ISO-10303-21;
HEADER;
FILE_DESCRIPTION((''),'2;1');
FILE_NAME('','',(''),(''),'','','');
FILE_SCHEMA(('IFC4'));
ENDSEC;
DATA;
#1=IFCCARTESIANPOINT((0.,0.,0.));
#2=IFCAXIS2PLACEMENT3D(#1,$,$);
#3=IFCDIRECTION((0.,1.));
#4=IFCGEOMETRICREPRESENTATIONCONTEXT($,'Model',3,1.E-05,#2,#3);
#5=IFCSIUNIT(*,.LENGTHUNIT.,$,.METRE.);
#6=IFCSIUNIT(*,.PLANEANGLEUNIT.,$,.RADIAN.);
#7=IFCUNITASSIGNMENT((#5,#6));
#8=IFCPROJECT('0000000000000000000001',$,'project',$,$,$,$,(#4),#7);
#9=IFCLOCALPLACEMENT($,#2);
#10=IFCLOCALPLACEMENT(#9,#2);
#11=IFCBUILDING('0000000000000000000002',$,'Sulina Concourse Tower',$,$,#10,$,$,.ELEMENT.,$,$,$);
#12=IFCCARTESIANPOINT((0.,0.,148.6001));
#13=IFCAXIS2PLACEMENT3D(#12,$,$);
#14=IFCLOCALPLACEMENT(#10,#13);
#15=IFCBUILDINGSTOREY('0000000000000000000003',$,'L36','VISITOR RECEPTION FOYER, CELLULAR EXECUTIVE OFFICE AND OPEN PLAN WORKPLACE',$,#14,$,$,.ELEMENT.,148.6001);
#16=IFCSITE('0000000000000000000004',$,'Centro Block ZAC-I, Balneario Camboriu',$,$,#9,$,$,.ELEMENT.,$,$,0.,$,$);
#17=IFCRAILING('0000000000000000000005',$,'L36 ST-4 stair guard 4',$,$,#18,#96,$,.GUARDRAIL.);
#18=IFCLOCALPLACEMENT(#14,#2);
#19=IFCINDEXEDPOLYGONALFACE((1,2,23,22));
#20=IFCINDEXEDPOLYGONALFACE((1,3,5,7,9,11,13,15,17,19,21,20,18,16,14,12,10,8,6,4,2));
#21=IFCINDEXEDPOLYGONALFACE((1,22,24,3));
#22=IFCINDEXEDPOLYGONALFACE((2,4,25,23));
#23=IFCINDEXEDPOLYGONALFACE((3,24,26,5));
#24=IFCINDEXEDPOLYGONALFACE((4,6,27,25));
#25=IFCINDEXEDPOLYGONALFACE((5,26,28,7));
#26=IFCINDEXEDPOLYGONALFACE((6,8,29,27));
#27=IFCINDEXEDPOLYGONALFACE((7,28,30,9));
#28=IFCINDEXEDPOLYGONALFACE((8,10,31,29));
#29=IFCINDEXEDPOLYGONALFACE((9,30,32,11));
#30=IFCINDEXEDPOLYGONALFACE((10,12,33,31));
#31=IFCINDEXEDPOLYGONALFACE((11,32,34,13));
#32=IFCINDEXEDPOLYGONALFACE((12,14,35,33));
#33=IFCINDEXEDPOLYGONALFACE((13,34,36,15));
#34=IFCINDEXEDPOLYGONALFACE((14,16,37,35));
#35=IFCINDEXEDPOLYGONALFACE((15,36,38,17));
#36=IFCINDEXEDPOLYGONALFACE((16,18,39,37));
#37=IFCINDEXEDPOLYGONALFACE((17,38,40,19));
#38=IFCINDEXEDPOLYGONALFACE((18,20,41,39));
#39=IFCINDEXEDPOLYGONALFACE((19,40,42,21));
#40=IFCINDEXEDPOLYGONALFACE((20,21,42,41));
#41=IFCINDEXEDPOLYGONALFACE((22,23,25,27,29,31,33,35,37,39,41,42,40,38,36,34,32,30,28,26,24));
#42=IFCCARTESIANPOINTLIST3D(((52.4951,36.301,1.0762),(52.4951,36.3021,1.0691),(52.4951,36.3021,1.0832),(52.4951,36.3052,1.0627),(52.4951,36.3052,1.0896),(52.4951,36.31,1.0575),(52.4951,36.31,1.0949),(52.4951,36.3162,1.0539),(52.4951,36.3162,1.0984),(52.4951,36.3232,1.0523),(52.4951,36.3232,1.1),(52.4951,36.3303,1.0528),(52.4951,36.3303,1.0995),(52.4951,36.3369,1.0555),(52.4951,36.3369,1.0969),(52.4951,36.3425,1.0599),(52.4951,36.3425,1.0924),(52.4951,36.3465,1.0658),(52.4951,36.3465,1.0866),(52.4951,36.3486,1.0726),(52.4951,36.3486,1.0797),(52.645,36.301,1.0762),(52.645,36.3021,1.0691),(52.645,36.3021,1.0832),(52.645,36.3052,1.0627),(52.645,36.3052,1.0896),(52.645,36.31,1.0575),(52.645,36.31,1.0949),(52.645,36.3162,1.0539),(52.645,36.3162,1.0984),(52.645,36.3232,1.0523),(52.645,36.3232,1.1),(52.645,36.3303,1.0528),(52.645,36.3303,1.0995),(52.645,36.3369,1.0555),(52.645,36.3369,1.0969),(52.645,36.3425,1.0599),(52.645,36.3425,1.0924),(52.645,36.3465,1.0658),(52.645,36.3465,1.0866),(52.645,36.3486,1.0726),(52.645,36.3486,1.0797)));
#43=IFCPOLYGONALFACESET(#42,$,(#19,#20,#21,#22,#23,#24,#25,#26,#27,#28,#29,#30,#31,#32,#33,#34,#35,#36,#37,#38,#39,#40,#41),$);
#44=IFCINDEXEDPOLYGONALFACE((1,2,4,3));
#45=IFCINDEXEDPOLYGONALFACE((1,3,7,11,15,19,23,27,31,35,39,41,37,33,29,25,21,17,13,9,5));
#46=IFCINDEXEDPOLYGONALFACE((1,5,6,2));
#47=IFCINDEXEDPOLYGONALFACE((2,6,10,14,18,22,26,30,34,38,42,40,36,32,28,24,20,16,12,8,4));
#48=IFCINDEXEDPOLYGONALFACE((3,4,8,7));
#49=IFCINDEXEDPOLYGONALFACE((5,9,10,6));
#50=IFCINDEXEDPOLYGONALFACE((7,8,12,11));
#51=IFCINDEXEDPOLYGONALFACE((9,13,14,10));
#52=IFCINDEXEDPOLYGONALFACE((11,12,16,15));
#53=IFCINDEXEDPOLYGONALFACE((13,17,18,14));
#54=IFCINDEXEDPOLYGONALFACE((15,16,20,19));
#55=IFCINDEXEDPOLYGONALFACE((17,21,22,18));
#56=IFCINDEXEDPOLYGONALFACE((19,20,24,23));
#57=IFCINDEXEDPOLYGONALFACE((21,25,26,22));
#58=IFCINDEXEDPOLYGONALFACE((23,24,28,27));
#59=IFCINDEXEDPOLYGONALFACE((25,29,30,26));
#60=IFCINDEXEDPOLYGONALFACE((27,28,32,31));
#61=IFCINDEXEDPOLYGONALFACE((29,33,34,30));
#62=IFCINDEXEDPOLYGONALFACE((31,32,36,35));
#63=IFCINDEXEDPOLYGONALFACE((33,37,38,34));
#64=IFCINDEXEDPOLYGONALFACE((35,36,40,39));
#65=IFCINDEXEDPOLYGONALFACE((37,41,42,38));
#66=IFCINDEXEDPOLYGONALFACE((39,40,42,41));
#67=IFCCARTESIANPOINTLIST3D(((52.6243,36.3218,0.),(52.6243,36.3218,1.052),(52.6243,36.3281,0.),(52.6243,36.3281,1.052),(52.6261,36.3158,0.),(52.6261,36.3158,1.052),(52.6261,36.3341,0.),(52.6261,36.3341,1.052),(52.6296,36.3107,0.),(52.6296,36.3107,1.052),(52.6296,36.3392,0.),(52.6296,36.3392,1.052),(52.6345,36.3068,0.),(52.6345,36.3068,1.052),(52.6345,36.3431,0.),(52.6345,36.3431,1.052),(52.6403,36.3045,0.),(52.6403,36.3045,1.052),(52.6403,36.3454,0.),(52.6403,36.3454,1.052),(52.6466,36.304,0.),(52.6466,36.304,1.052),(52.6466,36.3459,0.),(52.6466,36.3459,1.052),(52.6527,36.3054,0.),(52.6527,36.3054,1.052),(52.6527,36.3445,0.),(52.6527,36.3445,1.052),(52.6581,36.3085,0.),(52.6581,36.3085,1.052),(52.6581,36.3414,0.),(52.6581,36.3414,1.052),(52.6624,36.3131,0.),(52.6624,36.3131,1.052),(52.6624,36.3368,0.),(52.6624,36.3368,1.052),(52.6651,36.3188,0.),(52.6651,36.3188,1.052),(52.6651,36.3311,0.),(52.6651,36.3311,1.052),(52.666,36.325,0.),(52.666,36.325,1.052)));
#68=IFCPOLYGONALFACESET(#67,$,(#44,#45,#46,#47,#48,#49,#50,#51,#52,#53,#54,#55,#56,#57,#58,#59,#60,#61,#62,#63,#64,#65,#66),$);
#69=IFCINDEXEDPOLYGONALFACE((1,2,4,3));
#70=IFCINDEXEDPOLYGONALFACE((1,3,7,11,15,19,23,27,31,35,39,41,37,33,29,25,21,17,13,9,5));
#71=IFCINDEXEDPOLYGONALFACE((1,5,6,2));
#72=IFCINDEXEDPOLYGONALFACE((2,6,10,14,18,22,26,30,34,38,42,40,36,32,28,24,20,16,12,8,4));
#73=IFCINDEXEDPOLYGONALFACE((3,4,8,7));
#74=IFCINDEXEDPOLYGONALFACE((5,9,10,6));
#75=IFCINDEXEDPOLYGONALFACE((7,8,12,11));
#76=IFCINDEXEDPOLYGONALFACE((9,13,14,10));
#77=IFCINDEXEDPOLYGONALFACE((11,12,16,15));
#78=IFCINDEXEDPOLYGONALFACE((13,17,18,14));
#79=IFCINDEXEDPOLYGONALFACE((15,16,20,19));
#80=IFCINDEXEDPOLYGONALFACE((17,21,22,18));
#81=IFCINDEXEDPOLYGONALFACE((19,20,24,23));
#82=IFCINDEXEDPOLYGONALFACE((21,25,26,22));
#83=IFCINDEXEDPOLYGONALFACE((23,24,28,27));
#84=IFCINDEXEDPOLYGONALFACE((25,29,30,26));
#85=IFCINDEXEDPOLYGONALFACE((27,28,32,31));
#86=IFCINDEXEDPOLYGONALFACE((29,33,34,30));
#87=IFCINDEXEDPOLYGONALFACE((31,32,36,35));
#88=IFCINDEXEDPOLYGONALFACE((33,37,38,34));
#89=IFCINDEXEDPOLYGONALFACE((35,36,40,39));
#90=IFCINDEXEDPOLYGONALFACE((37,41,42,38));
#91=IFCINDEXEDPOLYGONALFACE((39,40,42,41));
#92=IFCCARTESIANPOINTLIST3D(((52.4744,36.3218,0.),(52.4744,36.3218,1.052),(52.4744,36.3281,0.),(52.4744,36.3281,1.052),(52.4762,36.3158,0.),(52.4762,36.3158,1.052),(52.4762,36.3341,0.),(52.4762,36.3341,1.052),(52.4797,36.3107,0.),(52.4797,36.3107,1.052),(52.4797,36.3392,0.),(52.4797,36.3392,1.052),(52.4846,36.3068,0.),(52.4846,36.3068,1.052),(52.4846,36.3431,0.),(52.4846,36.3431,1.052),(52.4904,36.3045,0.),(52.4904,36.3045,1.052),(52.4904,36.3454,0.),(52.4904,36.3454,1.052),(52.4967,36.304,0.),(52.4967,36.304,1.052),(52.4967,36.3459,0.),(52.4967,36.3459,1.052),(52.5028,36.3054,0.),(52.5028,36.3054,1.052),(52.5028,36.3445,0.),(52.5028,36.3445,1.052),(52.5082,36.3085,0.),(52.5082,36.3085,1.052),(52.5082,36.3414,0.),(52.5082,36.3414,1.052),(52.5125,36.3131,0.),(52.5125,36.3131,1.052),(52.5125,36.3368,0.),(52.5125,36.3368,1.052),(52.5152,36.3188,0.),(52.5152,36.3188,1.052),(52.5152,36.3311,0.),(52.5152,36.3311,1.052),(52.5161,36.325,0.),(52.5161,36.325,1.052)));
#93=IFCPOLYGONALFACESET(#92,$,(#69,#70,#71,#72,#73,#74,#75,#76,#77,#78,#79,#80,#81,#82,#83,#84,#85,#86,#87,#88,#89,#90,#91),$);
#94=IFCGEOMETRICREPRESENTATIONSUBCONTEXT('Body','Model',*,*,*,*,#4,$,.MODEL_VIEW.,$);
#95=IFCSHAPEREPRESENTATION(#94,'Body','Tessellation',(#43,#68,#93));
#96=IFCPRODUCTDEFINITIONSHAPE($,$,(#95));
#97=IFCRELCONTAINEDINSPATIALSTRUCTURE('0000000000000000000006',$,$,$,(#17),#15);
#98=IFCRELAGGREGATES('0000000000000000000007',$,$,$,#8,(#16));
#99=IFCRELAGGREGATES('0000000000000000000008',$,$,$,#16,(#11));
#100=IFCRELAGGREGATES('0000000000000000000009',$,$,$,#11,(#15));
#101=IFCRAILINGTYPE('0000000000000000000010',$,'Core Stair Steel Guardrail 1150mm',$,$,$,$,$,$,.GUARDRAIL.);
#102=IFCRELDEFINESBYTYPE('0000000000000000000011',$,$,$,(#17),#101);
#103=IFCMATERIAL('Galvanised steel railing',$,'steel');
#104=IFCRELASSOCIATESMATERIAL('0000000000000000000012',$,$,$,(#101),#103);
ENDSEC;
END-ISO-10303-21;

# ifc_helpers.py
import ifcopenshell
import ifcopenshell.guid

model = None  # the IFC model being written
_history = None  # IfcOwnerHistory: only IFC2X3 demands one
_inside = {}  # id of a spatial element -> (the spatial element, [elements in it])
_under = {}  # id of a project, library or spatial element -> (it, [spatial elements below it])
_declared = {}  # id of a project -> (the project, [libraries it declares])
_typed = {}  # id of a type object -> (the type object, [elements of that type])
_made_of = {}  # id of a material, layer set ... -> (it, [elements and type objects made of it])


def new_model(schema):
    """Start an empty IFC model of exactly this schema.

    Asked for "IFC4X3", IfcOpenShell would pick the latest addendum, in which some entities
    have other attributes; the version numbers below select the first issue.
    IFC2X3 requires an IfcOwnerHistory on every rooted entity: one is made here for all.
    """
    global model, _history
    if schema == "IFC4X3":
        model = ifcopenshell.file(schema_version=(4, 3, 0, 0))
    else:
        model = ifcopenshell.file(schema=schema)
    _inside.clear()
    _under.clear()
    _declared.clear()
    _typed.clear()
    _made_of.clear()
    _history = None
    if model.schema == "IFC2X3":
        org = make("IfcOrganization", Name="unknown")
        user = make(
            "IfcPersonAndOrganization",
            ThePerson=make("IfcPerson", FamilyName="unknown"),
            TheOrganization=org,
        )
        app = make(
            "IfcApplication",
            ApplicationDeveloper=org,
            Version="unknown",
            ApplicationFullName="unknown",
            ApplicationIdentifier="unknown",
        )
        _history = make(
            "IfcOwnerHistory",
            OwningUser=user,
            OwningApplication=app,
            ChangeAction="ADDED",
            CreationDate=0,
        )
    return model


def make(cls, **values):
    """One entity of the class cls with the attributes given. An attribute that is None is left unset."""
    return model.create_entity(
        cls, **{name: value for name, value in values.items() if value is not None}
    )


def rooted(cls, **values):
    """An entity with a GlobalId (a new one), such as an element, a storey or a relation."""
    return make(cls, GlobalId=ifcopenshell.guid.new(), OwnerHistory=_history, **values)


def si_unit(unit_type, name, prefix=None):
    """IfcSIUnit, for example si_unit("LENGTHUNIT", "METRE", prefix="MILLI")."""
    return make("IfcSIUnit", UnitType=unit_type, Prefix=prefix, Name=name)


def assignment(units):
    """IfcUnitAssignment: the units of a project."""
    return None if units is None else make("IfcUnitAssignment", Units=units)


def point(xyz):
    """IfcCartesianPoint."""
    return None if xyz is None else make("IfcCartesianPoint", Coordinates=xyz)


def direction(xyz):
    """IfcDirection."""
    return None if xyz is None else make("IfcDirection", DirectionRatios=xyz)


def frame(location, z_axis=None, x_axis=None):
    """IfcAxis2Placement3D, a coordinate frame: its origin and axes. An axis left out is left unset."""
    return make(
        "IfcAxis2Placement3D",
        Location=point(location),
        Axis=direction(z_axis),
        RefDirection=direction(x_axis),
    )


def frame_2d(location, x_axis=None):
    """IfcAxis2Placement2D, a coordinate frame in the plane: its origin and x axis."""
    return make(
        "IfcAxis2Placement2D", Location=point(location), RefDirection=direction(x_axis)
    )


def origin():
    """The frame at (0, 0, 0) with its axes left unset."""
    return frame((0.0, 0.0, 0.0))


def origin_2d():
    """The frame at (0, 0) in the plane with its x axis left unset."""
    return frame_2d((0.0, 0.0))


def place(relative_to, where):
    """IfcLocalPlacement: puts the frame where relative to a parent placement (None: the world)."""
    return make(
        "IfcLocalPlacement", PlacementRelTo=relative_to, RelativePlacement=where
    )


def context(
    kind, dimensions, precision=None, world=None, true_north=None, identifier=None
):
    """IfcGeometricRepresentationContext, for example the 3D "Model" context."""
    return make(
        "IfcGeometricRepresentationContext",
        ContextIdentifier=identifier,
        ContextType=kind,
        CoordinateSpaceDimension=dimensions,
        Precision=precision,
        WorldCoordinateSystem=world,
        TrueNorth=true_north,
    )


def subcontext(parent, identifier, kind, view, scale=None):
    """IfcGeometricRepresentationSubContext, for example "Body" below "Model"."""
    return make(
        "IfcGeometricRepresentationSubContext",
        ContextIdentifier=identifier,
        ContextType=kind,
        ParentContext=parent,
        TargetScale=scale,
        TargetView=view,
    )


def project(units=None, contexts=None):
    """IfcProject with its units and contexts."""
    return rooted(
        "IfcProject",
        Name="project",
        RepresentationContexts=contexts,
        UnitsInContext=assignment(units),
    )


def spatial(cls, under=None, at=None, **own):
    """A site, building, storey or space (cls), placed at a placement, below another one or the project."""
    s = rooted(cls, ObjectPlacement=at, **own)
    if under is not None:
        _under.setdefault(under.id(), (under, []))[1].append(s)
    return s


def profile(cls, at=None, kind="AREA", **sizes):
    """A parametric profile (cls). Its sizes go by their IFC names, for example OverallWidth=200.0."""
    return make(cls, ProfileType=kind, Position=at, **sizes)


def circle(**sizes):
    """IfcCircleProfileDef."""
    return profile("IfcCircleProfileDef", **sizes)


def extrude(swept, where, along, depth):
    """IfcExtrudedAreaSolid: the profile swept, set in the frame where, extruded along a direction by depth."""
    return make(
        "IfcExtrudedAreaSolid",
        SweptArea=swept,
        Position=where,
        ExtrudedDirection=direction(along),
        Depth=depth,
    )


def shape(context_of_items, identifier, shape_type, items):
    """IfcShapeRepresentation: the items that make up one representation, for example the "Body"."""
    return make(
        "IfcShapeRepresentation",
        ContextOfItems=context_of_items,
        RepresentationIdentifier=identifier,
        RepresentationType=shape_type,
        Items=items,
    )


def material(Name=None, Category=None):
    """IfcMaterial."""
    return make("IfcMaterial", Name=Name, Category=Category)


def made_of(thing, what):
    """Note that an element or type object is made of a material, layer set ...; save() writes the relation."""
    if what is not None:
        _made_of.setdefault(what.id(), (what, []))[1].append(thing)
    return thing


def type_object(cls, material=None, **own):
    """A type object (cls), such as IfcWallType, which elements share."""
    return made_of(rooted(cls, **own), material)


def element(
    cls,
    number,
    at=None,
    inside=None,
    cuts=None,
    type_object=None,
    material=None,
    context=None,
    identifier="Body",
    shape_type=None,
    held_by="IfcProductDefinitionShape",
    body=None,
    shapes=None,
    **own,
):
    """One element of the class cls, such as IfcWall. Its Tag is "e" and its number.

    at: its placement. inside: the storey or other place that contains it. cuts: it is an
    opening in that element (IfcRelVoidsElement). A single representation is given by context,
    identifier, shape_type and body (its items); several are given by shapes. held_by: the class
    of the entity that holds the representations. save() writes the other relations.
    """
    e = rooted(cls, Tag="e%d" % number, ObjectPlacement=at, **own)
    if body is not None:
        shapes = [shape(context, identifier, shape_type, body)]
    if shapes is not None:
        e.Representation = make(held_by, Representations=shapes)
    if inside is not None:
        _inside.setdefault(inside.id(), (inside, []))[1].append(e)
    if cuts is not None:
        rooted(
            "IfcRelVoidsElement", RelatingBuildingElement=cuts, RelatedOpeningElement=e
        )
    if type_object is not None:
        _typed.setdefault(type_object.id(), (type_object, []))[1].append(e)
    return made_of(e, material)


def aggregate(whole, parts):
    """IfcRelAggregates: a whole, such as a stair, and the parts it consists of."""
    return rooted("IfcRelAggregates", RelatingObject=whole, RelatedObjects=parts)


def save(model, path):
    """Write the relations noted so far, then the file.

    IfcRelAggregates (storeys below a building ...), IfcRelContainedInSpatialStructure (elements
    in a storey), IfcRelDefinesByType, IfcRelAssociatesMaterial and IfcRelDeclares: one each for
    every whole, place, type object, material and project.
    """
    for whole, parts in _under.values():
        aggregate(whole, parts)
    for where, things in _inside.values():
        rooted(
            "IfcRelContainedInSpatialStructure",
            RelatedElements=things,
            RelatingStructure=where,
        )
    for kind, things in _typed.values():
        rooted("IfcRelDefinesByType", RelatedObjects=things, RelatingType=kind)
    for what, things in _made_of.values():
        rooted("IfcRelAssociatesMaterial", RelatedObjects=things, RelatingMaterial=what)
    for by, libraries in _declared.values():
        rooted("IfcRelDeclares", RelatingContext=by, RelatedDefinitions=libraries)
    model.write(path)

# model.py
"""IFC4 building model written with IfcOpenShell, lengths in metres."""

from ifc_helpers import new_model, si_unit, direction, frame, origin, origin_2d, place, context, subcontext, project, spatial, circle, extrude, material, type_object, element, save


model = new_model("IFC4")

# Units and contexts
model_context = context("Model", 3, precision=1e-05, world=origin(), true_north=direction((0.0, 1.0)))
body_context = subcontext(model_context, "Body", "Model", "MODEL_VIEW")
ifc_project = project(units=[si_unit("LENGTHUNIT", "METRE"), si_unit("PLANEANGLEUNIT", "RADIAN")], contexts=[model_context])

# Site, building, storey
site_placement = place(None, origin())
site = spatial("IfcSite", under=ifc_project, at=site_placement, Name="Centro Block ZAC-I, Balneario Camboriu", CompositionType="ELEMENT", RefElevation=0.0)
building_placement = place(site_placement, origin())
building = spatial("IfcBuilding", under=site, at=building_placement, Name="Sulina Concourse Tower", CompositionType="ELEMENT")
storey_placement = place(building_placement, frame((0.0, 0.0, 148.6001)))
storey = spatial("IfcBuildingStorey", under=building, at=storey_placement, Name="L36", Description="VISITOR RECEPTION FOYER, CELLULAR EXECUTIVE OFFICE AND OPEN PLAN WORKPLACE", CompositionType="ELEMENT", Elevation=148.6001)

# Railing
ifc_material_1 = material(Name="Galvanised steel railing", Category="steel")
railing_type_1 = type_object("IfcRailingType", Name="Core Stair Steel Guardrail 1150mm", PredefinedType="GUARDRAIL", material=ifc_material_1)
railing_1_placement = place(storey_placement, frame((52.645, 36.325, 0.0)))
element("IfcRailing", 1, at=railing_1_placement, inside=storey, type_object=railing_type_1, Name="L36 ST-4 stair guard 4", PredefinedType="GUARDRAIL", context=body_context, shape_type="SweptSolid", body=[
    extrude(circle(Radius=0.0239, at=origin_2d()), frame((0.0, 0.0, 1.0762), z_axis=(-1.0, 0.0, 0.0), x_axis=(0.0, -1.0, 0.0)), (0.0, 0.0, 1.0), 0.1499),
    extrude(circle(Radius=0.021, at=origin_2d()), origin(), (0.0, 0.0, 1.0), 1.052),
    extrude(circle(Radius=0.021, at=origin_2d()), frame((-0.1499, 0.0, 0.0)), (0.0, 0.0, 1.0), 1.052),
])

save(model, "model.ifc")
